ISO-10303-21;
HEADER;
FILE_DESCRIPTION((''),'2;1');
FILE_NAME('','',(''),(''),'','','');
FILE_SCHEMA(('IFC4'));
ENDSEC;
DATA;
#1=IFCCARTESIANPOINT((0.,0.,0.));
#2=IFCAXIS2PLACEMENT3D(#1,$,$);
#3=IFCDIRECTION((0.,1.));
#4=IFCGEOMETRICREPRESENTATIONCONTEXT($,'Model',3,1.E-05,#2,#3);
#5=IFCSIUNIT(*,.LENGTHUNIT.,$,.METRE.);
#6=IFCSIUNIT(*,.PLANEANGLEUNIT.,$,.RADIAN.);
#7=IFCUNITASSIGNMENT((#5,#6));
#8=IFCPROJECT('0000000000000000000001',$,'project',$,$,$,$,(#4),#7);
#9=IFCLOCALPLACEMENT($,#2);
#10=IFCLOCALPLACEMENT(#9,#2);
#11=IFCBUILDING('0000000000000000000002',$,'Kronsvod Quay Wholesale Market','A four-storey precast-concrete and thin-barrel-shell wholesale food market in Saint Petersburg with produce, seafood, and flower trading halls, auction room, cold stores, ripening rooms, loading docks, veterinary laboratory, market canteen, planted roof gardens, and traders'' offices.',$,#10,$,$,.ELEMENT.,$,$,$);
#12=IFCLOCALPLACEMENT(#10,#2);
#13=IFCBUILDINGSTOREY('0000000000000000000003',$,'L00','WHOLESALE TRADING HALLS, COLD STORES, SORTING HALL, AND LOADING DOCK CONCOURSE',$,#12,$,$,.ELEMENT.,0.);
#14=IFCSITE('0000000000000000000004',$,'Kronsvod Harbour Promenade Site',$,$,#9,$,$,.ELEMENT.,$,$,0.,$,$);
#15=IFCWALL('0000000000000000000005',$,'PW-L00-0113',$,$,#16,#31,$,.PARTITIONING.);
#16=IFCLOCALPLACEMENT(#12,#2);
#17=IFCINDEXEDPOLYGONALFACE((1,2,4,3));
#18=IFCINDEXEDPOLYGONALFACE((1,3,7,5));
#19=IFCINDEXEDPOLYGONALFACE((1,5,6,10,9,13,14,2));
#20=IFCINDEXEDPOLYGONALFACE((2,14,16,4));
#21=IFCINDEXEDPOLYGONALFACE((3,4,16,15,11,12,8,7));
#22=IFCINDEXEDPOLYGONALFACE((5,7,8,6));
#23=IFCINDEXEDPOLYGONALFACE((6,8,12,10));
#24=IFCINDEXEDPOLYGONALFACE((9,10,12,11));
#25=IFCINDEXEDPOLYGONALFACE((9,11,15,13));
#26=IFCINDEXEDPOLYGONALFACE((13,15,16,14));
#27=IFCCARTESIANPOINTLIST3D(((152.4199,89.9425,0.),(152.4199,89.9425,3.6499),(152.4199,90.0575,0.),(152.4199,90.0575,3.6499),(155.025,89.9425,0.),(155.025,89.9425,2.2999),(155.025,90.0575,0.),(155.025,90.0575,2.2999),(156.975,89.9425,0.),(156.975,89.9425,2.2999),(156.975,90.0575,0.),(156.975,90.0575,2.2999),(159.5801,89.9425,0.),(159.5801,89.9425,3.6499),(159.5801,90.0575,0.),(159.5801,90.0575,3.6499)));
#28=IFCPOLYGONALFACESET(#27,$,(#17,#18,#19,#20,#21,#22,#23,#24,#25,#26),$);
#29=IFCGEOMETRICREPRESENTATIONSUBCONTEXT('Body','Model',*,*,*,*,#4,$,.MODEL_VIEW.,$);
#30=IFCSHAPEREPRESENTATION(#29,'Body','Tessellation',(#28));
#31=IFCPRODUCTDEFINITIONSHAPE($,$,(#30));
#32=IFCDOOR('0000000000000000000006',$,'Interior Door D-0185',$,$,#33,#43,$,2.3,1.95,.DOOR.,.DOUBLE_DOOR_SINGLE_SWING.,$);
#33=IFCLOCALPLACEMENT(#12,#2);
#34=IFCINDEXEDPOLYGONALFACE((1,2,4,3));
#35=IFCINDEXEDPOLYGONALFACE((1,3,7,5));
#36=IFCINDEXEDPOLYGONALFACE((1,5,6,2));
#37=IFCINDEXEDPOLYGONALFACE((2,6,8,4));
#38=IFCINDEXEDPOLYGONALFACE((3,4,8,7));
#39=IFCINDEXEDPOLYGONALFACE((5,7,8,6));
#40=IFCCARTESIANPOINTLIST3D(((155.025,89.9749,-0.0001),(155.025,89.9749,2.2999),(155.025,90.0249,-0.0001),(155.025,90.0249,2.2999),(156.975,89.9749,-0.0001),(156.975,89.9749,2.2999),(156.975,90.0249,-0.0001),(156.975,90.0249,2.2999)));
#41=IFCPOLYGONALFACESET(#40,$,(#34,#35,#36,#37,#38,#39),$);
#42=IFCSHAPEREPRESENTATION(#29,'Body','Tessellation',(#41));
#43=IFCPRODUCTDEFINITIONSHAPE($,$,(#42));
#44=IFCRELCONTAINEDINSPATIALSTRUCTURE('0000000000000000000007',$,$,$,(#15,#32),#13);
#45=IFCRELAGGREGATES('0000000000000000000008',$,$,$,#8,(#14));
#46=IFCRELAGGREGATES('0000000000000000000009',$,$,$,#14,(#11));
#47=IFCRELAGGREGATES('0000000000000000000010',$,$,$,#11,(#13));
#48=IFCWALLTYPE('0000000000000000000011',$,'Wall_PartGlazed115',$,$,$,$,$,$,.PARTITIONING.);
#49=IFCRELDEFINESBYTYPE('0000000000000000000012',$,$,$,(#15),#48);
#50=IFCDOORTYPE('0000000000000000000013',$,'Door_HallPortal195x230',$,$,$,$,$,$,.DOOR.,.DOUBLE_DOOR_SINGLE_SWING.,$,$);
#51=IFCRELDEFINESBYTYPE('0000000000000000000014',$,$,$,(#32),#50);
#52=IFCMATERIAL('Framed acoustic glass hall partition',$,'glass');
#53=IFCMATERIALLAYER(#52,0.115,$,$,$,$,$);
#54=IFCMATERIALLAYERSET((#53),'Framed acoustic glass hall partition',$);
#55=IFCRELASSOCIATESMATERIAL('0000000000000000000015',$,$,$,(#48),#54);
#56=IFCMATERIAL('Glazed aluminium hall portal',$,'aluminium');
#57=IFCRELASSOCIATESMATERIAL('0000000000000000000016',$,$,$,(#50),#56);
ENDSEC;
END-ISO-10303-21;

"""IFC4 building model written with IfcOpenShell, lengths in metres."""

from ifc_helpers import new_model, si_unit, direction, frame, frame_2d, origin, place, context, subcontext, project, spatial, rectangle, extrude, material, layer, layer_set, type_object, element, fill, save


model = new_model("IFC4")

# Units and contexts
model_context = context("Model", 3, precision=1e-05, world=origin(), true_north=direction((0.0, 1.0)))
body_context = subcontext(model_context, "Body", "Model", "MODEL_VIEW")
ifc_project = project(units=[si_unit("LENGTHUNIT", "METRE"), si_unit("PLANEANGLEUNIT", "RADIAN")], contexts=[model_context])

# Site, building, storey
site_placement = place(None, origin())
site = spatial("IfcSite", under=ifc_project, at=site_placement, Name="Kronsvod Harbour Promenade Site", CompositionType="ELEMENT", RefElevation=0.0)
building_placement = place(site_placement, origin())
building = spatial("IfcBuilding", under=site, at=building_placement, Name="Kronsvod Quay Wholesale Market", Description="A four-storey precast-concrete and thin-barrel-shell wholesale food market in Saint Petersburg with produce, seafood, and flower trading halls, auction room, cold stores, ripening rooms, loading docks, veterinary laboratory, market canteen, planted roof gardens, and traders' offices.", CompositionType="ELEMENT")
storey_placement = place(building_placement, origin())
storey = spatial("IfcBuildingStorey", under=building, at=storey_placement, Name="L00", Description="WHOLESALE TRADING HALLS, COLD STORES, SORTING HALL, AND LOADING DOCK CONCOURSE", CompositionType="ELEMENT", Elevation=0.0)

# Wall, opening, door
ifc_material_1 = material(Name="Framed acoustic glass hall partition", Category="glass")
ifc_layer_1 = layer(ifc_material_1, 0.115)
ifc_layer_set_1 = layer_set([ifc_layer_1], Name="Framed acoustic glass hall partition")
wall_type_1 = type_object("IfcWallType", Name="Wall_PartGlazed115", PredefinedType="PARTITIONING", material=ifc_layer_set_1)
wall_1_placement = place(storey_placement, frame((152.4199, 90.0, 0.0), z_axis=(0.0, 0.0, 1.0), x_axis=(1.0, 0.0, 0.0)))
wall_1 = element("IfcWall", 1, at=wall_1_placement, inside=storey, type_object=wall_type_1, Name="PW-L00-0113", PredefinedType="PARTITIONING", context=body_context, shape_type="SweptSolid", body=[
    extrude(rectangle(XDim=7.1602, YDim=0.115, at=frame_2d((3.5801, 0.0))), origin(), (0.0, 0.0, 1.0), 3.6499),
])
opening_1_placement = place(wall_1_placement, frame((2.605, 0.0, 0.0)))
opening_1 = element("IfcOpeningElement", 2, at=opening_1_placement, cuts=wall_1, PredefinedType="OPENING", context=body_context, shape_type="SweptSolid", body=[
    extrude(rectangle(XDim=1.95, YDim=2.3, at=frame_2d((0.9751, 1.1499))), frame((0.0, 0.0674, 0.0), z_axis=(0.0, -1.0, 0.0), x_axis=(1.0, 0.0, 0.0)), (0.0, 0.0, 1.0), 0.135),
])
ifc_material_2 = material(Name="Glazed aluminium hall portal", Category="aluminium")
door_type_1 = type_object("IfcDoorType", Name="Door_HallPortal195x230", OperationType="DOUBLE_DOOR_SINGLE_SWING", PredefinedType="DOOR", material=ifc_material_2)
door_1_placement = place(opening_1_placement, origin())
door_1 = element("IfcDoor", 3, at=door_1_placement, inside=storey, type_object=door_type_1, Name="Interior Door D-0185", OperationType="DOUBLE_DOOR_SINGLE_SWING", OverallHeight=2.3, OverallWidth=1.95, PredefinedType="DOOR", context=body_context, shape_type="SweptSolid", body=[
    extrude(rectangle(XDim=1.95, YDim=2.3, at=frame_2d((0.9751, 1.1499))), frame((0.0, 0.0249, 0.0), z_axis=(0.0, -1.0, 0.0), x_axis=(1.0, 0.0, 0.0)), (0.0, 0.0, 1.0), 0.05),
])
fill(opening_1, door_1)

save(model, "model.ifc")
